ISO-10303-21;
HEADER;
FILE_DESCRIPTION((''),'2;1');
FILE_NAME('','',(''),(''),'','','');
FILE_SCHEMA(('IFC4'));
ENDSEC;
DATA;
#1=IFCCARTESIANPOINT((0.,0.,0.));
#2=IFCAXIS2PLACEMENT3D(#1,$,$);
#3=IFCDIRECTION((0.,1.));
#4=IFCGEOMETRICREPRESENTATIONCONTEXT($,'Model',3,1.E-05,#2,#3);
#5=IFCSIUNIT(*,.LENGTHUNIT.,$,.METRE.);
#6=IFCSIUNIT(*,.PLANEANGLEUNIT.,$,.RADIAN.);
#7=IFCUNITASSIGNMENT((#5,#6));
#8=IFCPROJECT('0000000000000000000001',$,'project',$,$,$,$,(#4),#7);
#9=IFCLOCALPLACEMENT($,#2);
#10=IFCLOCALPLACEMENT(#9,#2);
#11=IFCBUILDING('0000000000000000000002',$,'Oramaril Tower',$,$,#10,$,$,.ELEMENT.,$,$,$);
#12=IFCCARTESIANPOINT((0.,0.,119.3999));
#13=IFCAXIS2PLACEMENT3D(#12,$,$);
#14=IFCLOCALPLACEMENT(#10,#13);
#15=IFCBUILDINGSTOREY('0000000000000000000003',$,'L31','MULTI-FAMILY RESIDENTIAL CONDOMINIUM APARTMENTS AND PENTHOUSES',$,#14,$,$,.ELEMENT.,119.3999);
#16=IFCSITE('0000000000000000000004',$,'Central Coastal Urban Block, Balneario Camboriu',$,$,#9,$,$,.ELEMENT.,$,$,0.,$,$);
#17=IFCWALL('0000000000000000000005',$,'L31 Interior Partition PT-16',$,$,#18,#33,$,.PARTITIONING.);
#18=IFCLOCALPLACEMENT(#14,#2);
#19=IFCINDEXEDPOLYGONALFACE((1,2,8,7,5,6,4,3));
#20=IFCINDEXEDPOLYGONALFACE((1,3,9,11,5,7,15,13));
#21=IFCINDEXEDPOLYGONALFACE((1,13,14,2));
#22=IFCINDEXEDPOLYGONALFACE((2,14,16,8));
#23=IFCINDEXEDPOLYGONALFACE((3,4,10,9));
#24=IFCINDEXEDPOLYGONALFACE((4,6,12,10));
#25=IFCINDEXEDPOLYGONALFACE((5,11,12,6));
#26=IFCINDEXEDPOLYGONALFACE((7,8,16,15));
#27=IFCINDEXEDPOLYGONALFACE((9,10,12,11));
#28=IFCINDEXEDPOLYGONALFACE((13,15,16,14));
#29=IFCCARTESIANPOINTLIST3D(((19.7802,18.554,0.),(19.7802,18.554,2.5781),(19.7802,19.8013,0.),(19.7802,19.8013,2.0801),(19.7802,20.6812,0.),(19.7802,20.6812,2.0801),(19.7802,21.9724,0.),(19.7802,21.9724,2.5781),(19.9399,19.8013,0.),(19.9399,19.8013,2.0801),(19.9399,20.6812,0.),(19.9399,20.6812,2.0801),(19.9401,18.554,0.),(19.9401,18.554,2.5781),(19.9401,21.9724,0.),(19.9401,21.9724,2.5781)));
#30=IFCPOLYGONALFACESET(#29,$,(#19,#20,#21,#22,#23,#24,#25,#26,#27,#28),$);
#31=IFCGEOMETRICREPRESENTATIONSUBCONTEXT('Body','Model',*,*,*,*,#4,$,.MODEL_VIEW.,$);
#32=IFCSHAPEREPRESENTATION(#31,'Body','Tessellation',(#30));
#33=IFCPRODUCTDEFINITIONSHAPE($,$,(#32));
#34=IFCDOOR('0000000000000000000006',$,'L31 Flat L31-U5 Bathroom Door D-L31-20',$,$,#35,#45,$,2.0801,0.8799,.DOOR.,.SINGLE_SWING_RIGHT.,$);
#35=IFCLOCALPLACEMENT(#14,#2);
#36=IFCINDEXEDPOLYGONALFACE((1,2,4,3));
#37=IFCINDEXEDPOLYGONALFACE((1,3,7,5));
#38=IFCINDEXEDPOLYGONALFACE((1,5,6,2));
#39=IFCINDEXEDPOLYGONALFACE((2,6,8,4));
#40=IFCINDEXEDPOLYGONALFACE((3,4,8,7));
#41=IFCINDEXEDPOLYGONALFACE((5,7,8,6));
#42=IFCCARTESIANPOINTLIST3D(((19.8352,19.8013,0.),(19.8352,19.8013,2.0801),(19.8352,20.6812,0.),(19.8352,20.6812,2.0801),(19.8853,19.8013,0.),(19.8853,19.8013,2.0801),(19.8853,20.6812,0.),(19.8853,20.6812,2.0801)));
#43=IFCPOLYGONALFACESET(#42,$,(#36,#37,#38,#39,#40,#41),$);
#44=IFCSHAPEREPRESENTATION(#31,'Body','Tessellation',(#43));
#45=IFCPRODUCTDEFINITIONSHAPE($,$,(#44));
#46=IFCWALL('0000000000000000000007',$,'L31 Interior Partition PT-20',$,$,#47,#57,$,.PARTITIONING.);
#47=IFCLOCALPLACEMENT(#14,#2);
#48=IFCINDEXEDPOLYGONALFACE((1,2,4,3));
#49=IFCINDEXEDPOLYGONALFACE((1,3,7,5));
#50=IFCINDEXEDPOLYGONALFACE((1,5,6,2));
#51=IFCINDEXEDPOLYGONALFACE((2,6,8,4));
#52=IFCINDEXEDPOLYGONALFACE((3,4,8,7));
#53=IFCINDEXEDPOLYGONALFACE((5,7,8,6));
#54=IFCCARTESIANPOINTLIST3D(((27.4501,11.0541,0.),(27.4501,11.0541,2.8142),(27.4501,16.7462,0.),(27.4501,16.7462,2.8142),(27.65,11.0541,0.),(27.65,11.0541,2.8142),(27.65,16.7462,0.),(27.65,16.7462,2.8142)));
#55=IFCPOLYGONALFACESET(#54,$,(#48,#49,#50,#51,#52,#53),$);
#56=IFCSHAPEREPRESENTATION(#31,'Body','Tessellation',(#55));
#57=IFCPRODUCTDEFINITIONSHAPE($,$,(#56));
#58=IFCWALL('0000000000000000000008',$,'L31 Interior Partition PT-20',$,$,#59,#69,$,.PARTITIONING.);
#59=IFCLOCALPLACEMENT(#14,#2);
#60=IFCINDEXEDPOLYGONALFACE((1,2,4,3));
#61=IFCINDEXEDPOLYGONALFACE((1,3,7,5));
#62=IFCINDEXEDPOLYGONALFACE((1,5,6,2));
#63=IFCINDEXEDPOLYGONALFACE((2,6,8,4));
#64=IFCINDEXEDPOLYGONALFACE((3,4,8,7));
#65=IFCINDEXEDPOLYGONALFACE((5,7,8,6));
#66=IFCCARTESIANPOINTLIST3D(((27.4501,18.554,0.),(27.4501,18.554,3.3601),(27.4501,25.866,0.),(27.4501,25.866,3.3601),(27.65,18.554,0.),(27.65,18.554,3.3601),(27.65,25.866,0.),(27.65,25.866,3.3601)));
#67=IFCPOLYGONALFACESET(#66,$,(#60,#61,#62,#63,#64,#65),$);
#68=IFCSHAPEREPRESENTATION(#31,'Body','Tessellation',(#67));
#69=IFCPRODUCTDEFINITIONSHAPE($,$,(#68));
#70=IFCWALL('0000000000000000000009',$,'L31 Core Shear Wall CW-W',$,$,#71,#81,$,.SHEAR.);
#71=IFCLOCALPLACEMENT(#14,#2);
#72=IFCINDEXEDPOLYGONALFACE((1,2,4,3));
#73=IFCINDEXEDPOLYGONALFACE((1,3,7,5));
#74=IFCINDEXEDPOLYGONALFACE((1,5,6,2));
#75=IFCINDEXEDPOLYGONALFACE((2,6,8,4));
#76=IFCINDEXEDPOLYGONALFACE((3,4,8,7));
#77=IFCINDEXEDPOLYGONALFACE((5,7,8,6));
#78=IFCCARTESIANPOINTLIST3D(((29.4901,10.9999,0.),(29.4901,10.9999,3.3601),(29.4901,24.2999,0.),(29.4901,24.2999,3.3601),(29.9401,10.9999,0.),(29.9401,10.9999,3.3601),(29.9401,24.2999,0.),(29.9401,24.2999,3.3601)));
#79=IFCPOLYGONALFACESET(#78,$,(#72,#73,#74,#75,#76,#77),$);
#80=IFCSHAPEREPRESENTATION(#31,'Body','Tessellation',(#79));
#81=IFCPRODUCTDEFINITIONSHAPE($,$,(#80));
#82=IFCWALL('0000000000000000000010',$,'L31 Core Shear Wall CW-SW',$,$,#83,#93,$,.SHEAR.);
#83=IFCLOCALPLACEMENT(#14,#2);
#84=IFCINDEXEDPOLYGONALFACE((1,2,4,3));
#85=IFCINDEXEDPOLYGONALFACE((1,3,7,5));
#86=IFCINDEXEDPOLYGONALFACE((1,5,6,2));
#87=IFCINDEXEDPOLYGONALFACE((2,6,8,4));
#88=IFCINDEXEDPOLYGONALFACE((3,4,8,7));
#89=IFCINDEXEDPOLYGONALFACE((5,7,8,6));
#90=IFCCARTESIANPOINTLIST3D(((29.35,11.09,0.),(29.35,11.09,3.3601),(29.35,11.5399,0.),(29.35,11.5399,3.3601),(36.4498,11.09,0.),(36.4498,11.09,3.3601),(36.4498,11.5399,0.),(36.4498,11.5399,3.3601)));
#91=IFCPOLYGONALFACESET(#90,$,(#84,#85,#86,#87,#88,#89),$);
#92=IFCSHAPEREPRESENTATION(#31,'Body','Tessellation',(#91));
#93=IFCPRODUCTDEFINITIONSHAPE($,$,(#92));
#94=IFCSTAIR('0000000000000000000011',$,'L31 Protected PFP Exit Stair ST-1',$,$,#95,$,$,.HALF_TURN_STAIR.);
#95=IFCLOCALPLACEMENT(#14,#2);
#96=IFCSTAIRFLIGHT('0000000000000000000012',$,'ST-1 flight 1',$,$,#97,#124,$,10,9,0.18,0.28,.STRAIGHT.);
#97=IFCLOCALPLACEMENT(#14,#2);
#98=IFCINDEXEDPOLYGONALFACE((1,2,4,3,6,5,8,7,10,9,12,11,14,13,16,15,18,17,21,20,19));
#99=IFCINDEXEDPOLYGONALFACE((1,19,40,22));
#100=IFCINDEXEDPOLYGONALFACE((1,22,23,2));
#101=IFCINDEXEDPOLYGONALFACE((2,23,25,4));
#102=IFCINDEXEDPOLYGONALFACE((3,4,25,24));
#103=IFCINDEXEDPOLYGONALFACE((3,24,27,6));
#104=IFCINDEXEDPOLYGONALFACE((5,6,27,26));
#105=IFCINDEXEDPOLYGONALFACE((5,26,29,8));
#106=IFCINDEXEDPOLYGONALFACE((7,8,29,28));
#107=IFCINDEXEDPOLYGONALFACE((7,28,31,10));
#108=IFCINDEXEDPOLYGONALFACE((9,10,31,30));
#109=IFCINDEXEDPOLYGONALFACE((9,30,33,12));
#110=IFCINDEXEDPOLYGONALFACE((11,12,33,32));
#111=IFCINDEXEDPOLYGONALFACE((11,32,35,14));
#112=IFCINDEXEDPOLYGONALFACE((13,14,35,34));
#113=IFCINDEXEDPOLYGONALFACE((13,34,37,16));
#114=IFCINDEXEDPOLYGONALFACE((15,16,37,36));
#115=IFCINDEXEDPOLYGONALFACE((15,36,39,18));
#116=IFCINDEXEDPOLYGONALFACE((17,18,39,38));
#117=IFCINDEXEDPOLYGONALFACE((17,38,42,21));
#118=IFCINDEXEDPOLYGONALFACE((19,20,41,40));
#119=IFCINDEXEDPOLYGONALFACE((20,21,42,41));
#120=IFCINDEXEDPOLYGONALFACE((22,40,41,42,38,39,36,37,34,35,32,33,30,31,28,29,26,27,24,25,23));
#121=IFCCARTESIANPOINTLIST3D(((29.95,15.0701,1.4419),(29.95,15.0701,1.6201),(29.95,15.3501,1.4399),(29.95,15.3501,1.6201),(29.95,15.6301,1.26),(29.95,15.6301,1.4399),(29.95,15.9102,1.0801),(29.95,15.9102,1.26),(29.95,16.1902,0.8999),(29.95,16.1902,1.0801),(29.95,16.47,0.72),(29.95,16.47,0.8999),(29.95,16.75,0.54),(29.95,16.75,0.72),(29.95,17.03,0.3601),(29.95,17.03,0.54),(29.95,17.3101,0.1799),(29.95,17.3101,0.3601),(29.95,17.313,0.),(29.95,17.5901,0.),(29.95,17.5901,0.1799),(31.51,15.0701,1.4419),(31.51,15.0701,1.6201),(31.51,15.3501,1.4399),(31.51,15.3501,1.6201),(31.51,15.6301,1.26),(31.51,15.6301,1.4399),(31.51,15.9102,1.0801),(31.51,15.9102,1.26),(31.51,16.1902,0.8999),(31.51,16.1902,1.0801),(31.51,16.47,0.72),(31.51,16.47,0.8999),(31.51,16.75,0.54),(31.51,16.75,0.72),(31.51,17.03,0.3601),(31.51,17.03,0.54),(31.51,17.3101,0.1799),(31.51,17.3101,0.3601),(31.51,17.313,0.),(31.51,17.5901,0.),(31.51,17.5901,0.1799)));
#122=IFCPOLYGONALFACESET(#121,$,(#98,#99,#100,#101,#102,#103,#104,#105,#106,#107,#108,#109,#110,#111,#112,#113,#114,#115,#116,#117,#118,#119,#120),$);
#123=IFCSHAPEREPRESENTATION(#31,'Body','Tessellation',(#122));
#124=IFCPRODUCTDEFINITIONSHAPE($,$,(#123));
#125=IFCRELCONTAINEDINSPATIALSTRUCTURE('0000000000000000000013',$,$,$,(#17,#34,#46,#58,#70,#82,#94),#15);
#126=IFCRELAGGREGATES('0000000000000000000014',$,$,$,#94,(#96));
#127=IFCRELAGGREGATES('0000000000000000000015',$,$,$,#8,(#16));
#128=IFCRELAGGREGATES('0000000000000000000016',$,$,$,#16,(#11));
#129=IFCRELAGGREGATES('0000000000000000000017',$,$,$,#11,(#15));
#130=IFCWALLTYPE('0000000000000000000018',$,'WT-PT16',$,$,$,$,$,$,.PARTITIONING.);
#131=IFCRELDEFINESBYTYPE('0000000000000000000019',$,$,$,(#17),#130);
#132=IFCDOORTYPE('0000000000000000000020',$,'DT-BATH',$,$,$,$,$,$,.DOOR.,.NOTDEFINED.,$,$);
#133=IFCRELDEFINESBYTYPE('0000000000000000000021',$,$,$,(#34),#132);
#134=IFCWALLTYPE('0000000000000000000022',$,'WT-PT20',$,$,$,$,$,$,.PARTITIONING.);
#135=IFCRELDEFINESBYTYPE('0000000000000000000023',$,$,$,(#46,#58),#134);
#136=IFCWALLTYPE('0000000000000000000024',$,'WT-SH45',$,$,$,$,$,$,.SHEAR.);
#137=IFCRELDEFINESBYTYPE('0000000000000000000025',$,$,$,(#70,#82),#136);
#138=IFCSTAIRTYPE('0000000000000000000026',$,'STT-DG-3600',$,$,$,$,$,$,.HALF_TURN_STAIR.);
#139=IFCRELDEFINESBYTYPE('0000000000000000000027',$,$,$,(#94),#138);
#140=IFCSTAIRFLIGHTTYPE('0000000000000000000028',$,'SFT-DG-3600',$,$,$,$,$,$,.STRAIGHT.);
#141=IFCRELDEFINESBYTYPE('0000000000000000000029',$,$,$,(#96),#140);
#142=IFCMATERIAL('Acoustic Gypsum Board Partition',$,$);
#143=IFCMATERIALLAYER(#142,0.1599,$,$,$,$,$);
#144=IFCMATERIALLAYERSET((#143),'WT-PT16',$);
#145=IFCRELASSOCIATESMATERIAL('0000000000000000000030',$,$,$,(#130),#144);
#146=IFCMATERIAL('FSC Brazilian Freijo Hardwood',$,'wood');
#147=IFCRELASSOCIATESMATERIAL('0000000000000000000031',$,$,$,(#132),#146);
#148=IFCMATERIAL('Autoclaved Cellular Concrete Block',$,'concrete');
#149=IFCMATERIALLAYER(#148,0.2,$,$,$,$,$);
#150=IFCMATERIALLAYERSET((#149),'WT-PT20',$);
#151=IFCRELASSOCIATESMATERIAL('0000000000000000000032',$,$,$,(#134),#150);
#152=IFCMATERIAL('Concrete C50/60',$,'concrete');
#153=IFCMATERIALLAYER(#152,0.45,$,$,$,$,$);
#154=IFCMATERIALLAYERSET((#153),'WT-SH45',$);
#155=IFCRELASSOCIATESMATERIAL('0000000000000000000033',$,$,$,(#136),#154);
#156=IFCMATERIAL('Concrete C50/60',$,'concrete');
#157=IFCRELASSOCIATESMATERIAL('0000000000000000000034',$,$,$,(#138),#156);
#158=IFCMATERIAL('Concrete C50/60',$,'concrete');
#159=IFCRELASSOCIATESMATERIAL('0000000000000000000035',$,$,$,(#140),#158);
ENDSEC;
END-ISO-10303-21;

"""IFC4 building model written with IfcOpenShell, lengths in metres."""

from ifc_helpers import new_model, si_unit, direction, frame, frame_2d, origin, place, context, subcontext, project, spatial, polyline, rectangle, outline, extrude, material, layer, layer_set, type_object, element, fill, aggregate, save


model = new_model("IFC4")

# Units and contexts
model_context = context("Model", 3, precision=1e-05, world=origin(), true_north=direction((0.0, 1.0)))
body_context = subcontext(model_context, "Body", "Model", "MODEL_VIEW")
ifc_project = project(units=[si_unit("LENGTHUNIT", "METRE"), si_unit("PLANEANGLEUNIT", "RADIAN")], contexts=[model_context])

# Site, building, storey
site_placement = place(None, origin())
site = spatial("IfcSite", under=ifc_project, at=site_placement, Name="Central Coastal Urban Block, Balneario Camboriu", CompositionType="ELEMENT", RefElevation=0.0)
building_placement = place(site_placement, origin())
building = spatial("IfcBuilding", under=site, at=building_placement, Name="Oramaril Tower", CompositionType="ELEMENT")
storey_placement = place(building_placement, frame((0.0, 0.0, 119.3999)))
storey = spatial("IfcBuildingStorey", under=building, at=storey_placement, Name="L31", Description="MULTI-FAMILY RESIDENTIAL CONDOMINIUM APARTMENTS AND PENTHOUSES", CompositionType="ELEMENT", Elevation=119.3999)

# Wall, opening, door
ifc_material_1 = material(Name="Acoustic Gypsum Board Partition")
ifc_layer_1 = layer(ifc_material_1, 0.1599)
ifc_layer_set_1 = layer_set([ifc_layer_1], Name="WT-PT16")
wall_type_1 = type_object("IfcWallType", Name="WT-PT16", PredefinedType="PARTITIONING", material=ifc_layer_set_1)
wall_1_placement = place(storey_placement, frame((19.8601, 18.554, 0.0), z_axis=(0.0, 0.0, 1.0), x_axis=(0.0, 1.0, 0.0)))
wall_1 = element("IfcWall", 1, at=wall_1_placement, inside=storey, type_object=wall_type_1, Name="L31 Interior Partition PT-16", PredefinedType="PARTITIONING", context=body_context, shape_type="SweptSolid", body=[
    extrude(rectangle(XDim=3.4185, YDim=0.1599, at=frame_2d((1.7092, 0.0))), origin(), (0.0, 0.0, 1.0), 2.5781),
])
opening_1_placement = place(wall_1_placement, frame((1.2473, 0.0, 0.0)))
opening_1 = element("IfcOpeningElement", 2, at=opening_1_placement, cuts=wall_1, PredefinedType="OPENING", context=body_context, shape_type="SweptSolid", body=[
    extrude(rectangle(XDim=0.8799, YDim=2.0801, at=frame_2d((0.4399, 1.04))), frame((0.0, 0.0801, 0.0), z_axis=(0.0, -1.0, 0.0), x_axis=(1.0, 0.0, 0.0)), (0.0, 0.0, 1.0), 0.1599),
])
ifc_material_2 = material(Name="FSC Brazilian Freijo Hardwood", Category="wood")
door_type_1 = type_object("IfcDoorType", Name="DT-BATH", OperationType="NOTDEFINED", PredefinedType="DOOR", material=ifc_material_2)
door_1_placement = place(opening_1_placement, origin())
door_1 = element("IfcDoor", 3, at=door_1_placement, inside=storey, type_object=door_type_1, Name="L31 Flat L31-U5 Bathroom Door D-L31-20", OperationType="SINGLE_SWING_RIGHT", OverallHeight=2.0801, OverallWidth=0.8799, PredefinedType="DOOR", context=body_context, shape_type="SweptSolid", body=[
    extrude(rectangle(XDim=0.8799, YDim=2.0801, at=frame_2d((0.4399, 1.04))), frame((0.0, 0.0249, 0.0), z_axis=(0.0, -1.0, 0.0), x_axis=(1.0, 0.0, 0.0)), (0.0, 0.0, 1.0), 0.05),
])
fill(opening_1, door_1)

# Walls
ifc_material_3 = material(Name="Autoclaved Cellular Concrete Block", Category="concrete")
ifc_layer_2 = layer(ifc_material_3, 0.2)
ifc_layer_set_2 = layer_set([ifc_layer_2], Name="WT-PT20")
wall_type_2 = type_object("IfcWallType", Name="WT-PT20", PredefinedType="PARTITIONING", material=ifc_layer_set_2)
wall_2_placement = place(storey_placement, frame((27.55, 11.054, 0.0), z_axis=(0.0, 0.0, 1.0), x_axis=(0.0, 1.0, 0.0)))
element("IfcWall", 4, at=wall_2_placement, inside=storey, type_object=wall_type_2, Name="L31 Interior Partition PT-20", PredefinedType="PARTITIONING", context=body_context, shape_type="SweptSolid", body=[
    extrude(rectangle(XDim=5.6921, YDim=0.2, at=frame_2d((2.8462, 0.0))), origin(), (0.0, 0.0, 1.0), 2.8142),
])
wall_3_placement = place(storey_placement, frame((27.55, 18.554, 0.0), z_axis=(0.0, 0.0, 1.0), x_axis=(0.0, 1.0, 0.0)))
element("IfcWall", 5, at=wall_3_placement, inside=storey, type_object=wall_type_2, Name="L31 Interior Partition PT-20", PredefinedType="PARTITIONING", context=body_context, shape_type="SweptSolid", body=[
    extrude(rectangle(XDim=7.312, YDim=0.2, at=frame_2d((3.656, 0.0))), origin(), (0.0, 0.0, 1.0), 3.3601),
])

# Walls
ifc_material_4 = material(Name="Concrete C50/60", Category="concrete")
ifc_layer_3 = layer(ifc_material_4, 0.45)
ifc_layer_set_3 = layer_set([ifc_layer_3], Name="WT-SH45")
wall_type_3 = type_object("IfcWallType", Name="WT-SH45", PredefinedType="SHEAR", material=ifc_layer_set_3)
wall_4_placement = place(storey_placement, frame((29.7151, 11.0, 0.0), z_axis=(0.0, 0.0, 1.0), x_axis=(0.0, 1.0, 0.0)))
element("IfcWall", 6, at=wall_4_placement, inside=storey, type_object=wall_type_3, Name="L31 Core Shear Wall CW-W", PredefinedType="SHEAR", context=body_context, shape_type="SweptSolid", body=[
    extrude(rectangle(XDim=13.3, YDim=0.45, at=frame_2d((6.6499, 0.0))), origin(), (0.0, 0.0, 1.0), 3.3601),
])
wall_5_placement = place(storey_placement, frame((29.3501, 11.3149, 0.0), z_axis=(0.0, 0.0, 1.0), x_axis=(1.0, 0.0, 0.0)))
element("IfcWall", 7, at=wall_5_placement, inside=storey, type_object=wall_type_3, Name="L31 Core Shear Wall CW-SW", PredefinedType="SHEAR", context=body_context, shape_type="SweptSolid", body=[
    extrude(rectangle(XDim=7.0999, YDim=0.45, at=frame_2d((3.5498, 0.0))), origin(), (0.0, 0.0, 1.0), 3.3601),
])

# Stair, stair flight
ifc_material_5 = material(Name="Concrete C50/60", Category="concrete")
stair_type = type_object("IfcStairType", Name="STT-DG-3600", PredefinedType="HALF_TURN_STAIR", material=ifc_material_5)
stair_placement = place(storey_placement, origin())
stair = element("IfcStair", 8, at=stair_placement, inside=storey, type_object=stair_type, Name="L31 Protected PFP Exit Stair ST-1", PredefinedType="HALF_TURN_STAIR")
ifc_material_6 = material(Name="Concrete C50/60", Category="concrete")
stair_flight_type = type_object("IfcStairFlightType", Name="SFT-DG-3600", PredefinedType="STRAIGHT", material=ifc_material_6)
stair_flight_placement = place(storey_placement, frame((30.73, 17.5901, 0.0), z_axis=(0.0, 0.0, 1.0), x_axis=(0.0, -1.0, 0.0)))
stair_flight = element("IfcStairFlight", 9, at=stair_flight_placement, type_object=stair_flight_type, Name="ST-1 flight 1", NumberOfRisers=10, NumberOfTreads=9, PredefinedType="STRAIGHT", RiserHeight=0.18, TreadLength=0.28, context=body_context, shape_type="SweptSolid", body=[
    extrude(outline(polyline([(0.0, 0.0), (0.0, 0.1799), (0.28, 0.1799), (0.28, 0.3601), (0.5601, 0.3601), (0.5601, 0.54), (0.8401, 0.54), (0.8401, 0.72), (1.1201, 0.72), (1.1201, 0.8999), (1.3999, 0.8999), (1.3999, 1.0801), (1.6799, 1.0801), (1.6799, 1.26), (1.96, 1.26), (1.96, 1.4399), (2.24, 1.4399), (2.24, 1.6201), (2.52, 1.6201), (2.52, 1.8), (2.52, 1.4419), (0.2771, 0.0), (0.0, 0.0)])), frame((0.0, 0.78, 0.0), z_axis=(0.0, -1.0, 0.0), x_axis=(1.0, 0.0, 0.0)), (0.0, 0.0, 1.0), 1.5601),
])
aggregate(stair, [stair_flight])

save(model, "model.ifc")
